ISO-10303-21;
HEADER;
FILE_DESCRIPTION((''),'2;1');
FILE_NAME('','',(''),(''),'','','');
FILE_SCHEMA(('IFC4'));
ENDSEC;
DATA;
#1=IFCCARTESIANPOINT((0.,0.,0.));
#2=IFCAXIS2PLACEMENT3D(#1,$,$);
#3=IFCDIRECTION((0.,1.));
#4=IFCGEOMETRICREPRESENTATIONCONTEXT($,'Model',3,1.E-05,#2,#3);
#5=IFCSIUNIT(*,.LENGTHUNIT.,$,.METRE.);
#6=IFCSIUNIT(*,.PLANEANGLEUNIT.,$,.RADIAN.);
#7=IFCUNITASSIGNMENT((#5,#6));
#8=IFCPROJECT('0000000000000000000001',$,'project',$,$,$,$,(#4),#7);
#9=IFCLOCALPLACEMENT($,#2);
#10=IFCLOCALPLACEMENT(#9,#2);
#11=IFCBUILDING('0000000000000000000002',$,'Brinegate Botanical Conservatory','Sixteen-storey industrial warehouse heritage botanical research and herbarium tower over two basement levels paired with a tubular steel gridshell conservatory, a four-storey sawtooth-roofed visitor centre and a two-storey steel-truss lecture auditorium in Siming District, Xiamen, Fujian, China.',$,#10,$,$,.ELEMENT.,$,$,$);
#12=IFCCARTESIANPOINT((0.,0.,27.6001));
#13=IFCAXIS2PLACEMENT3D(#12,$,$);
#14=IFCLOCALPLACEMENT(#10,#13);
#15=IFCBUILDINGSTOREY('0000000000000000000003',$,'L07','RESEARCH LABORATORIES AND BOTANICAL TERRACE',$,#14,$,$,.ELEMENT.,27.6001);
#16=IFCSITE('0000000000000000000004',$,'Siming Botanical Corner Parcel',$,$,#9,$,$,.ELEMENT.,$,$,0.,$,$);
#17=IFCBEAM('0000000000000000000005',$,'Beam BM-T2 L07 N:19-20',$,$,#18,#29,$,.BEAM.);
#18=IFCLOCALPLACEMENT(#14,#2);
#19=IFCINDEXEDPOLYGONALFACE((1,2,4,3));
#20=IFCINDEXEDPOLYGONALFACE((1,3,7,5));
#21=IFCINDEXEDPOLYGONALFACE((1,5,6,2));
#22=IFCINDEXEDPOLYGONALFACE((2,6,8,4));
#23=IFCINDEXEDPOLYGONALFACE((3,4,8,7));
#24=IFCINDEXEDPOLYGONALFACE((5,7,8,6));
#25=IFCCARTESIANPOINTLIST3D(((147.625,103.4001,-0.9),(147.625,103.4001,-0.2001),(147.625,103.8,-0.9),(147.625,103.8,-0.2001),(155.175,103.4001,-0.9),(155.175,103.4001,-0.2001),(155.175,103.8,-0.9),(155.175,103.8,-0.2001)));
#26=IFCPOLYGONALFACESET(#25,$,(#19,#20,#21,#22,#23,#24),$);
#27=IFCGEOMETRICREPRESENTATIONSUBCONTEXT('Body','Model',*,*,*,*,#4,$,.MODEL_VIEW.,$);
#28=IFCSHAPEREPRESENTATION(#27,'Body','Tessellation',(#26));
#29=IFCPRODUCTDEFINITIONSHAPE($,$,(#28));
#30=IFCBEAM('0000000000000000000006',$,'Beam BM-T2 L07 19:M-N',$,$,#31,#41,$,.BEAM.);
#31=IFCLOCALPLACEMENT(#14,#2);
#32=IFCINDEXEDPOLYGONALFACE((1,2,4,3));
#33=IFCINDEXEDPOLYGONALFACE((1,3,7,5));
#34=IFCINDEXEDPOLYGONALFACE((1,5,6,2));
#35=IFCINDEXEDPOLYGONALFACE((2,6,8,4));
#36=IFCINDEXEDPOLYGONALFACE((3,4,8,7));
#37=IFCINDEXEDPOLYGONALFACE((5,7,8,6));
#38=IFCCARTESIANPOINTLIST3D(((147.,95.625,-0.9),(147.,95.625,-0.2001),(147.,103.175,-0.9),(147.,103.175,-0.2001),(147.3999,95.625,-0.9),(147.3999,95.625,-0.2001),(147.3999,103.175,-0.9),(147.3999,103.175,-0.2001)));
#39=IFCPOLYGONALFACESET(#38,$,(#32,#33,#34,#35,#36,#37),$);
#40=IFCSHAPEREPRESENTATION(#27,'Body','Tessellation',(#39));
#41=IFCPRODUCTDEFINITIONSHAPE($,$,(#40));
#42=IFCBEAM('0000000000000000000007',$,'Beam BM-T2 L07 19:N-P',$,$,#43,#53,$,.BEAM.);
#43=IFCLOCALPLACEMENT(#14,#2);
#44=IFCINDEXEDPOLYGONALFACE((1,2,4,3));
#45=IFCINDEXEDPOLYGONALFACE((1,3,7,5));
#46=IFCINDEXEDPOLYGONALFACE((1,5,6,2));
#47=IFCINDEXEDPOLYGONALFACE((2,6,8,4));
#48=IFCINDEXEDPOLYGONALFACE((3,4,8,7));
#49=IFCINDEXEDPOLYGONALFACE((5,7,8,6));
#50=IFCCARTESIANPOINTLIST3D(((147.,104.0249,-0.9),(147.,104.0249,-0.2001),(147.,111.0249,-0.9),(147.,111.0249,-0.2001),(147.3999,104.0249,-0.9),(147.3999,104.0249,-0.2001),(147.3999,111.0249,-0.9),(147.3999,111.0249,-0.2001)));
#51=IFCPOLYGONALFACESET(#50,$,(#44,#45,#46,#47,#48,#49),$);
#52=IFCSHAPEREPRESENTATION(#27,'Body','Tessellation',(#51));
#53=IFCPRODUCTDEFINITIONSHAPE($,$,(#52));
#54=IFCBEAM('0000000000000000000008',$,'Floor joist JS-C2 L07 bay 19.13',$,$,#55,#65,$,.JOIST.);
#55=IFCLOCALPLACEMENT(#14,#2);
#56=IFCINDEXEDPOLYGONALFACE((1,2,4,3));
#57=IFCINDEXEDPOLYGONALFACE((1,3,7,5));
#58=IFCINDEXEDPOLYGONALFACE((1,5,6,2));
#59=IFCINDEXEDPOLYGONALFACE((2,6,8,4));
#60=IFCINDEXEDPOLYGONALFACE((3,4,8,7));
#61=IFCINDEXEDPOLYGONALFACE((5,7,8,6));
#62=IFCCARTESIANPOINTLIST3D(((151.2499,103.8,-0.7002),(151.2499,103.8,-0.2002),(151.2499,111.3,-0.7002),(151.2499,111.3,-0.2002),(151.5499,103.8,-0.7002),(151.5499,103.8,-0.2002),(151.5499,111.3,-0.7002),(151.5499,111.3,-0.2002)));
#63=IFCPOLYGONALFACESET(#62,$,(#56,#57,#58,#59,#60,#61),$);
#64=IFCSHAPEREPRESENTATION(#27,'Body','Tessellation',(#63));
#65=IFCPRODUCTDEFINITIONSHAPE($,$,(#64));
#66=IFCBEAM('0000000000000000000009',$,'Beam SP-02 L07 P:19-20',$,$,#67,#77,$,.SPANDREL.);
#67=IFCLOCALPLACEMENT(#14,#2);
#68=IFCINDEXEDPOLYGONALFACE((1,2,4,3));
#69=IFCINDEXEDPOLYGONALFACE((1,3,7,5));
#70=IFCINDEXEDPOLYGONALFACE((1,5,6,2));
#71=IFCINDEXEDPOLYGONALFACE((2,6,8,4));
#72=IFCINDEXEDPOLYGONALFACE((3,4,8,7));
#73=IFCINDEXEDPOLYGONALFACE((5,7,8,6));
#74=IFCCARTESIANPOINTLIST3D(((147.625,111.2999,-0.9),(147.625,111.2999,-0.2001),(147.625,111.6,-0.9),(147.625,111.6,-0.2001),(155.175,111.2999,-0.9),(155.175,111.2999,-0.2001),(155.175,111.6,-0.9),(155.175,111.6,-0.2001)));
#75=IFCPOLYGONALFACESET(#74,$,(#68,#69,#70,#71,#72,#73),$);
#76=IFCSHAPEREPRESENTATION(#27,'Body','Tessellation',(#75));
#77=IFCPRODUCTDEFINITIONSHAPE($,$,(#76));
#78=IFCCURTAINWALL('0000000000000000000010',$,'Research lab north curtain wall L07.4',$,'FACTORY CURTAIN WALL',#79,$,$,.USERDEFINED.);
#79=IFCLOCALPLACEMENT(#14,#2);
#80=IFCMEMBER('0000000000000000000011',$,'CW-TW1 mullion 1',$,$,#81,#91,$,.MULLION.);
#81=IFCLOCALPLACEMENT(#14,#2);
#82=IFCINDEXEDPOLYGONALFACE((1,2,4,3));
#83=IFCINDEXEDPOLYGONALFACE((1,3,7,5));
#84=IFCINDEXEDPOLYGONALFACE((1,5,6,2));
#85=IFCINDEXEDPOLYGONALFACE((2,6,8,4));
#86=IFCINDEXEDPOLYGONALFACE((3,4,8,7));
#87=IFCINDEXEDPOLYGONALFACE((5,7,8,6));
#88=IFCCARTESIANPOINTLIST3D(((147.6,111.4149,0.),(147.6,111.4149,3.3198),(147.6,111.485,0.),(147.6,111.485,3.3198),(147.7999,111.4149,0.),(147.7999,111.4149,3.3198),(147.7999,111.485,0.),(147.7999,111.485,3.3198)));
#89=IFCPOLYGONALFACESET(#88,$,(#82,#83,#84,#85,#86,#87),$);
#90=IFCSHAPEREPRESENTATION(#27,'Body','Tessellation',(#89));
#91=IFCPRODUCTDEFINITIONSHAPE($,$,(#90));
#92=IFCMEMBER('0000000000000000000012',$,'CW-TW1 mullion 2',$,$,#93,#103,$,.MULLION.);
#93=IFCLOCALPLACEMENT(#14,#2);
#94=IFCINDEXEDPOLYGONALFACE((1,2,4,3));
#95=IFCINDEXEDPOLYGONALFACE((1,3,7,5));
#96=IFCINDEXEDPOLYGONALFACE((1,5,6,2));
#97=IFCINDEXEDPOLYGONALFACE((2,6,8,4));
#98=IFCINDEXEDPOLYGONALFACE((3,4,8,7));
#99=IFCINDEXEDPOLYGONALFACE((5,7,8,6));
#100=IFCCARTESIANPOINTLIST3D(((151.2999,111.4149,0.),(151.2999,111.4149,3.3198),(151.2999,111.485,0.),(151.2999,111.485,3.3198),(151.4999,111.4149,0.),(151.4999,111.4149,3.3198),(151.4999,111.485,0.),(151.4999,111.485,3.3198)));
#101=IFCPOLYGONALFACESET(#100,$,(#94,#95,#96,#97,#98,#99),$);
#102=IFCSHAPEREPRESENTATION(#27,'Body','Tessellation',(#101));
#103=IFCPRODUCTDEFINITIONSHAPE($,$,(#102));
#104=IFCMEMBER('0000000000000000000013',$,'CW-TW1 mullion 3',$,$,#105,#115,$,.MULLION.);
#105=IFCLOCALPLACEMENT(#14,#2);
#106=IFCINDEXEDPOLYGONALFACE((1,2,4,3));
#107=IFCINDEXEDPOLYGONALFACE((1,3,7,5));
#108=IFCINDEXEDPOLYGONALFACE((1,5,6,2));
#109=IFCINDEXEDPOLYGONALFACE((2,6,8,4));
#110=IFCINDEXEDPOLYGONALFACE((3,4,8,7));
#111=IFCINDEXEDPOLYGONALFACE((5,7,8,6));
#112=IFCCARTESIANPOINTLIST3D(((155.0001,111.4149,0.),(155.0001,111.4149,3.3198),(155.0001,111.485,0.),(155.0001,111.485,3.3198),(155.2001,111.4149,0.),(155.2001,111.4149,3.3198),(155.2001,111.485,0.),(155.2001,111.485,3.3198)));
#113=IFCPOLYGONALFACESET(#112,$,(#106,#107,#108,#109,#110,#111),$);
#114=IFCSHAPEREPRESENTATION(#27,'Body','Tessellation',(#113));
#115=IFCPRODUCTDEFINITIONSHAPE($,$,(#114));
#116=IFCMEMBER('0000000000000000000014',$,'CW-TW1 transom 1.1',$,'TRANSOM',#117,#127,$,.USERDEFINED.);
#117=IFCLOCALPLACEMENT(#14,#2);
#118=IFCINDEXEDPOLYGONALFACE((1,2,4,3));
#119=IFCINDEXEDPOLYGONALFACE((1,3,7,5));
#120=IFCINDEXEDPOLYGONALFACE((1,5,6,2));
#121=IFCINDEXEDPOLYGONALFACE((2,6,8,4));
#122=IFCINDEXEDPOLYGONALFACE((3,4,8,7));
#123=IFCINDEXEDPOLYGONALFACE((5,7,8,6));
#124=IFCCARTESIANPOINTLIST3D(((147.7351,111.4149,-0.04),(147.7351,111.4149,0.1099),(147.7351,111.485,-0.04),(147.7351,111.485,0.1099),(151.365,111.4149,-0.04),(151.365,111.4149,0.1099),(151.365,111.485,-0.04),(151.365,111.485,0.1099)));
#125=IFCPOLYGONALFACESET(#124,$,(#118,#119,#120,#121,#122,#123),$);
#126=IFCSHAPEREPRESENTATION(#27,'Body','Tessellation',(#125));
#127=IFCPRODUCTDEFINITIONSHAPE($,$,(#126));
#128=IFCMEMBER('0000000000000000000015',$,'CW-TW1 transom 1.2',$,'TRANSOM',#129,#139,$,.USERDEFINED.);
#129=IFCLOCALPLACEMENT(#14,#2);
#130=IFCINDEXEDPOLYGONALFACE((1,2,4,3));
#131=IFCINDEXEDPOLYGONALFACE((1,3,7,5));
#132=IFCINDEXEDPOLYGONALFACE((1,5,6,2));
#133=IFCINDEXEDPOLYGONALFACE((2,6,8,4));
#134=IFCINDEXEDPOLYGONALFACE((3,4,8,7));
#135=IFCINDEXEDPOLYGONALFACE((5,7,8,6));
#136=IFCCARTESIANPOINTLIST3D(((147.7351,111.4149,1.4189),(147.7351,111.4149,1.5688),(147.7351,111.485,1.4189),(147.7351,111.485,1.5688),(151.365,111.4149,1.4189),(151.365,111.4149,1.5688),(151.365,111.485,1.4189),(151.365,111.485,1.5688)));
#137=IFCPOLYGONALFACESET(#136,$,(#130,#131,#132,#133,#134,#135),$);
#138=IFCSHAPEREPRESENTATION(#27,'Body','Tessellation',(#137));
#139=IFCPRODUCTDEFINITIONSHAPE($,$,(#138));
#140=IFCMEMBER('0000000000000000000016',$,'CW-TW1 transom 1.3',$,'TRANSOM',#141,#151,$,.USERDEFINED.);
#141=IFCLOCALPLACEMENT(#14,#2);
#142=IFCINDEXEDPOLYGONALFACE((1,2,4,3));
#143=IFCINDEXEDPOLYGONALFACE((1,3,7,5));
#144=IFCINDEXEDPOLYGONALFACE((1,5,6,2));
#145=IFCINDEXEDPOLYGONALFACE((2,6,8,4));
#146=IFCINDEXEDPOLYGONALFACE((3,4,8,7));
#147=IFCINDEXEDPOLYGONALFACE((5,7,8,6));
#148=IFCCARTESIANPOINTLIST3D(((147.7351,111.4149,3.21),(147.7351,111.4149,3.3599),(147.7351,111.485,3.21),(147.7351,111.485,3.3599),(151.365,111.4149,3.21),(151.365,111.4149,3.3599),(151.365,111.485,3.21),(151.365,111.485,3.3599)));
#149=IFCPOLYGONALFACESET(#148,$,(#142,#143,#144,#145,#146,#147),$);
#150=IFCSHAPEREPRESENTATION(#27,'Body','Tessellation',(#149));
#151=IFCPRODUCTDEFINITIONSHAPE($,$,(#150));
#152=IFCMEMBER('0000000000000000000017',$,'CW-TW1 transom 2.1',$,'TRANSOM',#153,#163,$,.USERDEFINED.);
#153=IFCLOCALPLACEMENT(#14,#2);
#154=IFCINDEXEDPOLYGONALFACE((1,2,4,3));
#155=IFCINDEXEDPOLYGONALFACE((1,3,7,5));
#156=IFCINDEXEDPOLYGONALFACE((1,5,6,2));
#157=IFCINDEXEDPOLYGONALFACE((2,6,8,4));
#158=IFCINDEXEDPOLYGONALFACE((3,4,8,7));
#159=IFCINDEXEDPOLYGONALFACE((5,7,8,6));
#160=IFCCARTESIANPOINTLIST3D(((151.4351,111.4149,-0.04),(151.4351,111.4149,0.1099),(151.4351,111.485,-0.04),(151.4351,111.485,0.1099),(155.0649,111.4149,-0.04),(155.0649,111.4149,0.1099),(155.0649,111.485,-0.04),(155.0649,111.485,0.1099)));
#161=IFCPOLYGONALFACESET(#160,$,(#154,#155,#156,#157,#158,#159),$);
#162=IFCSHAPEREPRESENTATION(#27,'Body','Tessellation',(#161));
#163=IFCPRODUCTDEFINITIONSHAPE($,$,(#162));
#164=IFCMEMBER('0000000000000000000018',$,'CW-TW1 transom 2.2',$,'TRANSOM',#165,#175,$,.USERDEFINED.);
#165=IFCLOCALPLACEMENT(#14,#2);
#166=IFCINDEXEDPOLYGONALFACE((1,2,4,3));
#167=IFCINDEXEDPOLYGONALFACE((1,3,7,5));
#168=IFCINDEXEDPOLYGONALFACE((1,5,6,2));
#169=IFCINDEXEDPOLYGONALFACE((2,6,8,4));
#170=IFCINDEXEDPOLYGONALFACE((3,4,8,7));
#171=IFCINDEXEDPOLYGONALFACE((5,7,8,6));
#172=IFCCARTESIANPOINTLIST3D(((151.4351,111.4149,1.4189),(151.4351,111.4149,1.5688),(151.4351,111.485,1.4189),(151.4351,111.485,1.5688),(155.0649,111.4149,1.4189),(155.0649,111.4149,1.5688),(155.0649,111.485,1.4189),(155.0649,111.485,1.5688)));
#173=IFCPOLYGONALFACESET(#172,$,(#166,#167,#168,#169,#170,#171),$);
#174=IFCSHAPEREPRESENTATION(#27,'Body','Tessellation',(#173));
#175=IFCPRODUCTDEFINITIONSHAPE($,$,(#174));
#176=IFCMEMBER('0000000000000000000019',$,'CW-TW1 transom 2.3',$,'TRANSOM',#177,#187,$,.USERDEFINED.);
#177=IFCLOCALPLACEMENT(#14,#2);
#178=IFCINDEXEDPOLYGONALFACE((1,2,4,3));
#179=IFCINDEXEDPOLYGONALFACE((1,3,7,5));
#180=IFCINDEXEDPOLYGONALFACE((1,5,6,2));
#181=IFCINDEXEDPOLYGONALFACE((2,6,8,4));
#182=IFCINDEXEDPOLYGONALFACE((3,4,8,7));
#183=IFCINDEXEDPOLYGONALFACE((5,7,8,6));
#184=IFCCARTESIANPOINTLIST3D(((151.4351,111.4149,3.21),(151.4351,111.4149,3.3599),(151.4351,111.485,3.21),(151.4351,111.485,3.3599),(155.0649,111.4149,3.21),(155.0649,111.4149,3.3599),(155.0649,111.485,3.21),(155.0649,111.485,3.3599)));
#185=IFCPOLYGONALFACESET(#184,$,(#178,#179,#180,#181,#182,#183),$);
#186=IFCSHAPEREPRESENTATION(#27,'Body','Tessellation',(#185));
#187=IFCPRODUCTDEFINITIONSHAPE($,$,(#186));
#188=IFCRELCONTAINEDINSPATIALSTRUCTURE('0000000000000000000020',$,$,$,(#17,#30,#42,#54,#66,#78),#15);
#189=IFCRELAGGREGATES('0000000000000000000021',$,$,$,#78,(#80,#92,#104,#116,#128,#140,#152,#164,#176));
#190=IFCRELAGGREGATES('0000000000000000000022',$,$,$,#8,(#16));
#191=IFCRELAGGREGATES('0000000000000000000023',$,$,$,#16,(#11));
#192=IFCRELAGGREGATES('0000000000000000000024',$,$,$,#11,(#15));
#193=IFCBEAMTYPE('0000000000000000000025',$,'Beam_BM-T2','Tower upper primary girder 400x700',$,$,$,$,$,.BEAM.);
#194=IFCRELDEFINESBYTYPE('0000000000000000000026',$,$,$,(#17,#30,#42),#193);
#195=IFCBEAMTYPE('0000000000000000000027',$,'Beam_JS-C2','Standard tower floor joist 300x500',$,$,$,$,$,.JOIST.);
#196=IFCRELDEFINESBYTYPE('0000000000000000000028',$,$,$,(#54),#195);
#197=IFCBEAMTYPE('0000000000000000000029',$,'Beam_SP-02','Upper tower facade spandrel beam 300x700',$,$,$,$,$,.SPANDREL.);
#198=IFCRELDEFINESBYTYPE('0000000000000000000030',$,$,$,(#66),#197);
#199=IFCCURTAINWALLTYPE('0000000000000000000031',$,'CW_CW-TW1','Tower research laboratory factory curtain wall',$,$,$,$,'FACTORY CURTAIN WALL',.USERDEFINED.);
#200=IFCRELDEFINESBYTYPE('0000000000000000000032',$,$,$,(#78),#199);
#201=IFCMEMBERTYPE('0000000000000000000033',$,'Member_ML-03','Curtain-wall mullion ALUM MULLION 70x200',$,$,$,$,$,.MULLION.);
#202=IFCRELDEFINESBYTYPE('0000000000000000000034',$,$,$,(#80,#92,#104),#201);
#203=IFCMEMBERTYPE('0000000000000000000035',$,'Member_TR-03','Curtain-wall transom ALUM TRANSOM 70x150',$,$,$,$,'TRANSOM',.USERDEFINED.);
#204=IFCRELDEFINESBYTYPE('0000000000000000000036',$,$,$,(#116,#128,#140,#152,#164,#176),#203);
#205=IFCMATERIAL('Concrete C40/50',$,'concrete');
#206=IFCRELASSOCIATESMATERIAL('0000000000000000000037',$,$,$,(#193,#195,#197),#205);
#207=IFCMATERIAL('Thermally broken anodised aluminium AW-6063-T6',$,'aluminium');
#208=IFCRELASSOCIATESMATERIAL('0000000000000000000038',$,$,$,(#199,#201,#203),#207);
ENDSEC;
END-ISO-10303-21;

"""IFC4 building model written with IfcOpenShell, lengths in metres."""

from ifc_helpers import new_model, si_unit, direction, frame, origin, origin_2d, place, context, subcontext, project, spatial, rectangle, extrude, material, material_profile, profile_set, type_object, element, aggregate, save


model = new_model("IFC4")

# Units and contexts
model_context = context("Model", 3, precision=1e-05, world=origin(), true_north=direction((0.0, 1.0)))
body_context = subcontext(model_context, "Body", "Model", "MODEL_VIEW")
ifc_project = project(units=[si_unit("LENGTHUNIT", "METRE"), si_unit("PLANEANGLEUNIT", "RADIAN")], contexts=[model_context])

# Site, building, storey
site_placement = place(None, origin())
site = spatial("IfcSite", under=ifc_project, at=site_placement, Name="Siming Botanical Corner Parcel", CompositionType="ELEMENT", RefElevation=0.0)
building_placement = place(site_placement, origin())
building = spatial("IfcBuilding", under=site, at=building_placement, Name="Brinegate Botanical Conservatory", Description="Sixteen-storey industrial warehouse heritage botanical research and herbarium tower over two basement levels paired with a tubular steel gridshell conservatory, a four-storey sawtooth-roofed visitor centre and a two-storey steel-truss lecture auditorium in Siming District, Xiamen, Fujian, China.", CompositionType="ELEMENT")
storey_placement = place(building_placement, frame((0.0, 0.0, 27.6001)))
storey = spatial("IfcBuildingStorey", under=building, at=storey_placement, Name="L07", Description="RESEARCH LABORATORIES AND BOTANICAL TERRACE", CompositionType="ELEMENT", Elevation=27.6001)

# Beams
ifc_material_1 = material(Name="Concrete C40/50", Category="concrete")
ifc_material_profile_1 = material_profile(ifc_material_1, rectangle(XDim=0.3999, YDim=0.7, at=origin_2d()), Name="RC BM 400x700")
ifc_profile_set_1 = profile_set([ifc_material_profile_1], Name="Concrete C40/50")
beam_type_1 = type_object("IfcBeamType", Name="Beam_BM-T2", Description="Tower upper primary girder 400x700", PredefinedType="BEAM", material=ifc_profile_set_1)
for number, where, z_axis, x_axis, name in (
    (1, (147.625, 103.6001, -0.55), (1.0, 0.0, 0.0), (0.0, 1.0, 0.0), "Beam BM-T2 L07 N:19-20"),
    (2, (147.2, 95.625, -0.55), (0.0, 1.0, 0.0), (-1.0, 0.0, 0.0), "Beam BM-T2 L07 19:M-N"),
):
    element("IfcBeam", number, at=place(storey_placement, frame(where, z_axis=z_axis, x_axis=x_axis)), inside=storey, type_object=beam_type_1, Name=name, PredefinedType="BEAM", context=body_context, shape_type="SweptSolid", body=[
        extrude(rectangle(XDim=0.3999, YDim=0.7, at=origin_2d()), origin(), (0.0, 0.0, 1.0), 7.55),
    ])
beam_1_placement = place(storey_placement, frame((147.2, 104.0249, -0.55), z_axis=(0.0, 1.0, 0.0), x_axis=(-1.0, 0.0, 0.0)))
element("IfcBeam", 3, at=beam_1_placement, inside=storey, type_object=beam_type_1, Name="Beam BM-T2 L07 19:N-P", PredefinedType="BEAM", context=body_context, shape_type="SweptSolid", body=[
    extrude(rectangle(XDim=0.3999, YDim=0.7, at=origin_2d()), origin(), (0.0, 0.0, 1.0), 7.0),
])
ifc_material_profile_2 = material_profile(ifc_material_1, rectangle(XDim=0.3, YDim=0.5, at=origin_2d()), Name="RC JST 300x500")
ifc_profile_set_2 = profile_set([ifc_material_profile_2], Name="Concrete C40/50")
beam_type_2 = type_object("IfcBeamType", Name="Beam_JS-C2", Description="Standard tower floor joist 300x500", PredefinedType="JOIST", material=ifc_profile_set_2)
beam_2_placement = place(storey_placement, frame((151.3999, 103.8, -0.4502), z_axis=(0.0, 1.0, 0.0), x_axis=(-1.0, 0.0, 0.0)))
element("IfcBeam", 4, at=beam_2_placement, inside=storey, type_object=beam_type_2, Name="Floor joist JS-C2 L07 bay 19.13", PredefinedType="JOIST", context=body_context, shape_type="SweptSolid", body=[
    extrude(rectangle(XDim=0.3, YDim=0.5, at=origin_2d()), origin(), (0.0, 0.0, 1.0), 7.5),
])
ifc_material_profile_3 = material_profile(ifc_material_1, rectangle(XDim=0.3, YDim=0.7, at=origin_2d()), Name="RC SPN 300x700")
ifc_profile_set_3 = profile_set([ifc_material_profile_3], Name="Concrete C40/50")
beam_type_3 = type_object("IfcBeamType", Name="Beam_SP-02", Description="Upper tower facade spandrel beam 300x700", PredefinedType="SPANDREL", material=ifc_profile_set_3)
beam_3_placement = place(storey_placement, frame((147.625, 111.45, -0.55), z_axis=(1.0, 0.0, 0.0), x_axis=(0.0, 1.0, 0.0)))
element("IfcBeam", 5, at=beam_3_placement, inside=storey, type_object=beam_type_3, Name="Beam SP-02 L07 P:19-20", PredefinedType="SPANDREL", context=body_context, shape_type="SweptSolid", body=[
    extrude(rectangle(XDim=0.3, YDim=0.7, at=origin_2d()), origin(), (0.0, 0.0, 1.0), 7.55),
])

# Curtain wall, members
ifc_material_2 = material(Name="Thermally broken anodised aluminium AW-6063-T6", Category="aluminium")
curtain_wall_type = type_object("IfcCurtainWallType", Name="CW_CW-TW1", Description="Tower research laboratory factory curtain wall", ElementType="FACTORY CURTAIN WALL", PredefinedType="USERDEFINED", material=ifc_material_2)
curtain_wall_placement = place(storey_placement, origin())
curtain_wall = element("IfcCurtainWall", 6, at=curtain_wall_placement, inside=storey, type_object=curtain_wall_type, Name="Research lab north curtain wall L07.4", ObjectType="FACTORY CURTAIN WALL", PredefinedType="USERDEFINED")
ifc_material_profile_4 = material_profile(ifc_material_2, rectangle(XDim=0.0701, YDim=0.2, at=origin_2d()), Name="ALUM MULLION 70x200")
ifc_profile_set_4 = profile_set([ifc_material_profile_4], Name="Thermally broken anodised aluminium AW-6063-T6")
member_type_1 = type_object("IfcMemberType", Name="Member_ML-03", Description="Curtain-wall mullion ALUM MULLION 70x200", PredefinedType="MULLION", material=ifc_profile_set_4)
member_1_placement = place(storey_placement, frame((147.7, 111.45, 0.0), z_axis=(0.0, 0.0, 1.0), x_axis=(0.0, 1.0, 0.0)))
member_1 = element("IfcMember", 7, at=member_1_placement, type_object=member_type_1, Name="CW-TW1 mullion 1", PredefinedType="MULLION", context=body_context, shape_type="SweptSolid", body=[
    extrude(rectangle(XDim=0.0701, YDim=0.2, at=origin_2d()), origin(), (0.0, 0.0, 1.0), 3.3198),
])
member_2_placement = place(storey_placement, frame((151.3999, 111.45, 0.0), z_axis=(0.0, 0.0, 1.0), x_axis=(0.0, 1.0, 0.0)))
member_2 = element("IfcMember", 8, at=member_2_placement, type_object=member_type_1, Name="CW-TW1 mullion 2", PredefinedType="MULLION", context=body_context, shape_type="SweptSolid", body=[
    extrude(rectangle(XDim=0.0701, YDim=0.2, at=origin_2d()), origin(), (0.0, 0.0, 1.0), 3.3198),
])
member_3_placement = place(storey_placement, frame((155.1001, 111.45, 0.0), z_axis=(0.0, 0.0, 1.0), x_axis=(0.0, 1.0, 0.0)))
member_3 = element("IfcMember", 9, at=member_3_placement, type_object=member_type_1, Name="CW-TW1 mullion 3", PredefinedType="MULLION", context=body_context, shape_type="SweptSolid", body=[
    extrude(rectangle(XDim=0.0701, YDim=0.2, at=origin_2d()), origin(), (0.0, 0.0, 1.0), 3.3198),
])
ifc_material_profile_5 = material_profile(ifc_material_2, rectangle(XDim=0.0701, YDim=0.1499, at=origin_2d()), Name="ALUM TRANSOM 70x150")
ifc_profile_set_5 = profile_set([ifc_material_profile_5], Name="Thermally broken anodised aluminium AW-6063-T6")
member_type_2 = type_object("IfcMemberType", Name="Member_TR-03", Description="Curtain-wall transom ALUM TRANSOM 70x150", ElementType="TRANSOM", PredefinedType="USERDEFINED", material=ifc_profile_set_5)
member_4_placement = place(storey_placement, frame((147.7351, 111.45, 0.0349), z_axis=(1.0, 0.0, 0.0), x_axis=(0.0, 1.0, 0.0)))
member_4 = element("IfcMember", 10, at=member_4_placement, type_object=member_type_2, Name="CW-TW1 transom 1.1", ObjectType="TRANSOM", PredefinedType="USERDEFINED", context=body_context, shape_type="SweptSolid", body=[
    extrude(rectangle(XDim=0.0701, YDim=0.1499, at=origin_2d()), origin(), (0.0, 0.0, 1.0), 3.6299),
])
member_5_placement = place(storey_placement, frame((147.7351, 111.45, 1.4939), z_axis=(1.0, 0.0, 0.0), x_axis=(0.0, 1.0, 0.0)))
member_5 = element("IfcMember", 11, at=member_5_placement, type_object=member_type_2, Name="CW-TW1 transom 1.2", ObjectType="TRANSOM", PredefinedType="USERDEFINED", context=body_context, shape_type="SweptSolid", body=[
    extrude(rectangle(XDim=0.0701, YDim=0.1499, at=origin_2d()), origin(), (0.0, 0.0, 1.0), 3.6299),
])
member_6_placement = place(storey_placement, frame((147.7351, 111.45, 3.2849), z_axis=(1.0, 0.0, 0.0), x_axis=(0.0, 1.0, 0.0)))
member_6 = element("IfcMember", 12, at=member_6_placement, type_object=member_type_2, Name="CW-TW1 transom 1.3", ObjectType="TRANSOM", PredefinedType="USERDEFINED", context=body_context, shape_type="SweptSolid", body=[
    extrude(rectangle(XDim=0.0701, YDim=0.1499, at=origin_2d()), origin(), (0.0, 0.0, 1.0), 3.6299),
])
member_7_placement = place(storey_placement, frame((151.4351, 111.45, 0.0349), z_axis=(1.0, 0.0, 0.0), x_axis=(0.0, 1.0, 0.0)))
member_7 = element("IfcMember", 13, at=member_7_placement, type_object=member_type_2, Name="CW-TW1 transom 2.1", ObjectType="TRANSOM", PredefinedType="USERDEFINED", context=body_context, shape_type="SweptSolid", body=[
    extrude(rectangle(XDim=0.0701, YDim=0.1499, at=origin_2d()), origin(), (0.0, 0.0, 1.0), 3.6299),
])
member_8_placement = place(storey_placement, frame((151.4351, 111.45, 1.4939), z_axis=(1.0, 0.0, 0.0), x_axis=(0.0, 1.0, 0.0)))
member_8 = element("IfcMember", 14, at=member_8_placement, type_object=member_type_2, Name="CW-TW1 transom 2.2", ObjectType="TRANSOM", PredefinedType="USERDEFINED", context=body_context, shape_type="SweptSolid", body=[
    extrude(rectangle(XDim=0.0701, YDim=0.1499, at=origin_2d()), origin(), (0.0, 0.0, 1.0), 3.6299),
])
member_9_placement = place(storey_placement, frame((151.4351, 111.45, 3.2849), z_axis=(1.0, 0.0, 0.0), x_axis=(0.0, 1.0, 0.0)))
member_9 = element("IfcMember", 15, at=member_9_placement, type_object=member_type_2, Name="CW-TW1 transom 2.3", ObjectType="TRANSOM", PredefinedType="USERDEFINED", context=body_context, shape_type="SweptSolid", body=[
    extrude(rectangle(XDim=0.0701, YDim=0.1499, at=origin_2d()), origin(), (0.0, 0.0, 1.0), 3.6299),
])
aggregate(curtain_wall, [member_1, member_2, member_3, member_4, member_5, member_6, member_7, member_8, member_9])

save(model, "model.ifc")
